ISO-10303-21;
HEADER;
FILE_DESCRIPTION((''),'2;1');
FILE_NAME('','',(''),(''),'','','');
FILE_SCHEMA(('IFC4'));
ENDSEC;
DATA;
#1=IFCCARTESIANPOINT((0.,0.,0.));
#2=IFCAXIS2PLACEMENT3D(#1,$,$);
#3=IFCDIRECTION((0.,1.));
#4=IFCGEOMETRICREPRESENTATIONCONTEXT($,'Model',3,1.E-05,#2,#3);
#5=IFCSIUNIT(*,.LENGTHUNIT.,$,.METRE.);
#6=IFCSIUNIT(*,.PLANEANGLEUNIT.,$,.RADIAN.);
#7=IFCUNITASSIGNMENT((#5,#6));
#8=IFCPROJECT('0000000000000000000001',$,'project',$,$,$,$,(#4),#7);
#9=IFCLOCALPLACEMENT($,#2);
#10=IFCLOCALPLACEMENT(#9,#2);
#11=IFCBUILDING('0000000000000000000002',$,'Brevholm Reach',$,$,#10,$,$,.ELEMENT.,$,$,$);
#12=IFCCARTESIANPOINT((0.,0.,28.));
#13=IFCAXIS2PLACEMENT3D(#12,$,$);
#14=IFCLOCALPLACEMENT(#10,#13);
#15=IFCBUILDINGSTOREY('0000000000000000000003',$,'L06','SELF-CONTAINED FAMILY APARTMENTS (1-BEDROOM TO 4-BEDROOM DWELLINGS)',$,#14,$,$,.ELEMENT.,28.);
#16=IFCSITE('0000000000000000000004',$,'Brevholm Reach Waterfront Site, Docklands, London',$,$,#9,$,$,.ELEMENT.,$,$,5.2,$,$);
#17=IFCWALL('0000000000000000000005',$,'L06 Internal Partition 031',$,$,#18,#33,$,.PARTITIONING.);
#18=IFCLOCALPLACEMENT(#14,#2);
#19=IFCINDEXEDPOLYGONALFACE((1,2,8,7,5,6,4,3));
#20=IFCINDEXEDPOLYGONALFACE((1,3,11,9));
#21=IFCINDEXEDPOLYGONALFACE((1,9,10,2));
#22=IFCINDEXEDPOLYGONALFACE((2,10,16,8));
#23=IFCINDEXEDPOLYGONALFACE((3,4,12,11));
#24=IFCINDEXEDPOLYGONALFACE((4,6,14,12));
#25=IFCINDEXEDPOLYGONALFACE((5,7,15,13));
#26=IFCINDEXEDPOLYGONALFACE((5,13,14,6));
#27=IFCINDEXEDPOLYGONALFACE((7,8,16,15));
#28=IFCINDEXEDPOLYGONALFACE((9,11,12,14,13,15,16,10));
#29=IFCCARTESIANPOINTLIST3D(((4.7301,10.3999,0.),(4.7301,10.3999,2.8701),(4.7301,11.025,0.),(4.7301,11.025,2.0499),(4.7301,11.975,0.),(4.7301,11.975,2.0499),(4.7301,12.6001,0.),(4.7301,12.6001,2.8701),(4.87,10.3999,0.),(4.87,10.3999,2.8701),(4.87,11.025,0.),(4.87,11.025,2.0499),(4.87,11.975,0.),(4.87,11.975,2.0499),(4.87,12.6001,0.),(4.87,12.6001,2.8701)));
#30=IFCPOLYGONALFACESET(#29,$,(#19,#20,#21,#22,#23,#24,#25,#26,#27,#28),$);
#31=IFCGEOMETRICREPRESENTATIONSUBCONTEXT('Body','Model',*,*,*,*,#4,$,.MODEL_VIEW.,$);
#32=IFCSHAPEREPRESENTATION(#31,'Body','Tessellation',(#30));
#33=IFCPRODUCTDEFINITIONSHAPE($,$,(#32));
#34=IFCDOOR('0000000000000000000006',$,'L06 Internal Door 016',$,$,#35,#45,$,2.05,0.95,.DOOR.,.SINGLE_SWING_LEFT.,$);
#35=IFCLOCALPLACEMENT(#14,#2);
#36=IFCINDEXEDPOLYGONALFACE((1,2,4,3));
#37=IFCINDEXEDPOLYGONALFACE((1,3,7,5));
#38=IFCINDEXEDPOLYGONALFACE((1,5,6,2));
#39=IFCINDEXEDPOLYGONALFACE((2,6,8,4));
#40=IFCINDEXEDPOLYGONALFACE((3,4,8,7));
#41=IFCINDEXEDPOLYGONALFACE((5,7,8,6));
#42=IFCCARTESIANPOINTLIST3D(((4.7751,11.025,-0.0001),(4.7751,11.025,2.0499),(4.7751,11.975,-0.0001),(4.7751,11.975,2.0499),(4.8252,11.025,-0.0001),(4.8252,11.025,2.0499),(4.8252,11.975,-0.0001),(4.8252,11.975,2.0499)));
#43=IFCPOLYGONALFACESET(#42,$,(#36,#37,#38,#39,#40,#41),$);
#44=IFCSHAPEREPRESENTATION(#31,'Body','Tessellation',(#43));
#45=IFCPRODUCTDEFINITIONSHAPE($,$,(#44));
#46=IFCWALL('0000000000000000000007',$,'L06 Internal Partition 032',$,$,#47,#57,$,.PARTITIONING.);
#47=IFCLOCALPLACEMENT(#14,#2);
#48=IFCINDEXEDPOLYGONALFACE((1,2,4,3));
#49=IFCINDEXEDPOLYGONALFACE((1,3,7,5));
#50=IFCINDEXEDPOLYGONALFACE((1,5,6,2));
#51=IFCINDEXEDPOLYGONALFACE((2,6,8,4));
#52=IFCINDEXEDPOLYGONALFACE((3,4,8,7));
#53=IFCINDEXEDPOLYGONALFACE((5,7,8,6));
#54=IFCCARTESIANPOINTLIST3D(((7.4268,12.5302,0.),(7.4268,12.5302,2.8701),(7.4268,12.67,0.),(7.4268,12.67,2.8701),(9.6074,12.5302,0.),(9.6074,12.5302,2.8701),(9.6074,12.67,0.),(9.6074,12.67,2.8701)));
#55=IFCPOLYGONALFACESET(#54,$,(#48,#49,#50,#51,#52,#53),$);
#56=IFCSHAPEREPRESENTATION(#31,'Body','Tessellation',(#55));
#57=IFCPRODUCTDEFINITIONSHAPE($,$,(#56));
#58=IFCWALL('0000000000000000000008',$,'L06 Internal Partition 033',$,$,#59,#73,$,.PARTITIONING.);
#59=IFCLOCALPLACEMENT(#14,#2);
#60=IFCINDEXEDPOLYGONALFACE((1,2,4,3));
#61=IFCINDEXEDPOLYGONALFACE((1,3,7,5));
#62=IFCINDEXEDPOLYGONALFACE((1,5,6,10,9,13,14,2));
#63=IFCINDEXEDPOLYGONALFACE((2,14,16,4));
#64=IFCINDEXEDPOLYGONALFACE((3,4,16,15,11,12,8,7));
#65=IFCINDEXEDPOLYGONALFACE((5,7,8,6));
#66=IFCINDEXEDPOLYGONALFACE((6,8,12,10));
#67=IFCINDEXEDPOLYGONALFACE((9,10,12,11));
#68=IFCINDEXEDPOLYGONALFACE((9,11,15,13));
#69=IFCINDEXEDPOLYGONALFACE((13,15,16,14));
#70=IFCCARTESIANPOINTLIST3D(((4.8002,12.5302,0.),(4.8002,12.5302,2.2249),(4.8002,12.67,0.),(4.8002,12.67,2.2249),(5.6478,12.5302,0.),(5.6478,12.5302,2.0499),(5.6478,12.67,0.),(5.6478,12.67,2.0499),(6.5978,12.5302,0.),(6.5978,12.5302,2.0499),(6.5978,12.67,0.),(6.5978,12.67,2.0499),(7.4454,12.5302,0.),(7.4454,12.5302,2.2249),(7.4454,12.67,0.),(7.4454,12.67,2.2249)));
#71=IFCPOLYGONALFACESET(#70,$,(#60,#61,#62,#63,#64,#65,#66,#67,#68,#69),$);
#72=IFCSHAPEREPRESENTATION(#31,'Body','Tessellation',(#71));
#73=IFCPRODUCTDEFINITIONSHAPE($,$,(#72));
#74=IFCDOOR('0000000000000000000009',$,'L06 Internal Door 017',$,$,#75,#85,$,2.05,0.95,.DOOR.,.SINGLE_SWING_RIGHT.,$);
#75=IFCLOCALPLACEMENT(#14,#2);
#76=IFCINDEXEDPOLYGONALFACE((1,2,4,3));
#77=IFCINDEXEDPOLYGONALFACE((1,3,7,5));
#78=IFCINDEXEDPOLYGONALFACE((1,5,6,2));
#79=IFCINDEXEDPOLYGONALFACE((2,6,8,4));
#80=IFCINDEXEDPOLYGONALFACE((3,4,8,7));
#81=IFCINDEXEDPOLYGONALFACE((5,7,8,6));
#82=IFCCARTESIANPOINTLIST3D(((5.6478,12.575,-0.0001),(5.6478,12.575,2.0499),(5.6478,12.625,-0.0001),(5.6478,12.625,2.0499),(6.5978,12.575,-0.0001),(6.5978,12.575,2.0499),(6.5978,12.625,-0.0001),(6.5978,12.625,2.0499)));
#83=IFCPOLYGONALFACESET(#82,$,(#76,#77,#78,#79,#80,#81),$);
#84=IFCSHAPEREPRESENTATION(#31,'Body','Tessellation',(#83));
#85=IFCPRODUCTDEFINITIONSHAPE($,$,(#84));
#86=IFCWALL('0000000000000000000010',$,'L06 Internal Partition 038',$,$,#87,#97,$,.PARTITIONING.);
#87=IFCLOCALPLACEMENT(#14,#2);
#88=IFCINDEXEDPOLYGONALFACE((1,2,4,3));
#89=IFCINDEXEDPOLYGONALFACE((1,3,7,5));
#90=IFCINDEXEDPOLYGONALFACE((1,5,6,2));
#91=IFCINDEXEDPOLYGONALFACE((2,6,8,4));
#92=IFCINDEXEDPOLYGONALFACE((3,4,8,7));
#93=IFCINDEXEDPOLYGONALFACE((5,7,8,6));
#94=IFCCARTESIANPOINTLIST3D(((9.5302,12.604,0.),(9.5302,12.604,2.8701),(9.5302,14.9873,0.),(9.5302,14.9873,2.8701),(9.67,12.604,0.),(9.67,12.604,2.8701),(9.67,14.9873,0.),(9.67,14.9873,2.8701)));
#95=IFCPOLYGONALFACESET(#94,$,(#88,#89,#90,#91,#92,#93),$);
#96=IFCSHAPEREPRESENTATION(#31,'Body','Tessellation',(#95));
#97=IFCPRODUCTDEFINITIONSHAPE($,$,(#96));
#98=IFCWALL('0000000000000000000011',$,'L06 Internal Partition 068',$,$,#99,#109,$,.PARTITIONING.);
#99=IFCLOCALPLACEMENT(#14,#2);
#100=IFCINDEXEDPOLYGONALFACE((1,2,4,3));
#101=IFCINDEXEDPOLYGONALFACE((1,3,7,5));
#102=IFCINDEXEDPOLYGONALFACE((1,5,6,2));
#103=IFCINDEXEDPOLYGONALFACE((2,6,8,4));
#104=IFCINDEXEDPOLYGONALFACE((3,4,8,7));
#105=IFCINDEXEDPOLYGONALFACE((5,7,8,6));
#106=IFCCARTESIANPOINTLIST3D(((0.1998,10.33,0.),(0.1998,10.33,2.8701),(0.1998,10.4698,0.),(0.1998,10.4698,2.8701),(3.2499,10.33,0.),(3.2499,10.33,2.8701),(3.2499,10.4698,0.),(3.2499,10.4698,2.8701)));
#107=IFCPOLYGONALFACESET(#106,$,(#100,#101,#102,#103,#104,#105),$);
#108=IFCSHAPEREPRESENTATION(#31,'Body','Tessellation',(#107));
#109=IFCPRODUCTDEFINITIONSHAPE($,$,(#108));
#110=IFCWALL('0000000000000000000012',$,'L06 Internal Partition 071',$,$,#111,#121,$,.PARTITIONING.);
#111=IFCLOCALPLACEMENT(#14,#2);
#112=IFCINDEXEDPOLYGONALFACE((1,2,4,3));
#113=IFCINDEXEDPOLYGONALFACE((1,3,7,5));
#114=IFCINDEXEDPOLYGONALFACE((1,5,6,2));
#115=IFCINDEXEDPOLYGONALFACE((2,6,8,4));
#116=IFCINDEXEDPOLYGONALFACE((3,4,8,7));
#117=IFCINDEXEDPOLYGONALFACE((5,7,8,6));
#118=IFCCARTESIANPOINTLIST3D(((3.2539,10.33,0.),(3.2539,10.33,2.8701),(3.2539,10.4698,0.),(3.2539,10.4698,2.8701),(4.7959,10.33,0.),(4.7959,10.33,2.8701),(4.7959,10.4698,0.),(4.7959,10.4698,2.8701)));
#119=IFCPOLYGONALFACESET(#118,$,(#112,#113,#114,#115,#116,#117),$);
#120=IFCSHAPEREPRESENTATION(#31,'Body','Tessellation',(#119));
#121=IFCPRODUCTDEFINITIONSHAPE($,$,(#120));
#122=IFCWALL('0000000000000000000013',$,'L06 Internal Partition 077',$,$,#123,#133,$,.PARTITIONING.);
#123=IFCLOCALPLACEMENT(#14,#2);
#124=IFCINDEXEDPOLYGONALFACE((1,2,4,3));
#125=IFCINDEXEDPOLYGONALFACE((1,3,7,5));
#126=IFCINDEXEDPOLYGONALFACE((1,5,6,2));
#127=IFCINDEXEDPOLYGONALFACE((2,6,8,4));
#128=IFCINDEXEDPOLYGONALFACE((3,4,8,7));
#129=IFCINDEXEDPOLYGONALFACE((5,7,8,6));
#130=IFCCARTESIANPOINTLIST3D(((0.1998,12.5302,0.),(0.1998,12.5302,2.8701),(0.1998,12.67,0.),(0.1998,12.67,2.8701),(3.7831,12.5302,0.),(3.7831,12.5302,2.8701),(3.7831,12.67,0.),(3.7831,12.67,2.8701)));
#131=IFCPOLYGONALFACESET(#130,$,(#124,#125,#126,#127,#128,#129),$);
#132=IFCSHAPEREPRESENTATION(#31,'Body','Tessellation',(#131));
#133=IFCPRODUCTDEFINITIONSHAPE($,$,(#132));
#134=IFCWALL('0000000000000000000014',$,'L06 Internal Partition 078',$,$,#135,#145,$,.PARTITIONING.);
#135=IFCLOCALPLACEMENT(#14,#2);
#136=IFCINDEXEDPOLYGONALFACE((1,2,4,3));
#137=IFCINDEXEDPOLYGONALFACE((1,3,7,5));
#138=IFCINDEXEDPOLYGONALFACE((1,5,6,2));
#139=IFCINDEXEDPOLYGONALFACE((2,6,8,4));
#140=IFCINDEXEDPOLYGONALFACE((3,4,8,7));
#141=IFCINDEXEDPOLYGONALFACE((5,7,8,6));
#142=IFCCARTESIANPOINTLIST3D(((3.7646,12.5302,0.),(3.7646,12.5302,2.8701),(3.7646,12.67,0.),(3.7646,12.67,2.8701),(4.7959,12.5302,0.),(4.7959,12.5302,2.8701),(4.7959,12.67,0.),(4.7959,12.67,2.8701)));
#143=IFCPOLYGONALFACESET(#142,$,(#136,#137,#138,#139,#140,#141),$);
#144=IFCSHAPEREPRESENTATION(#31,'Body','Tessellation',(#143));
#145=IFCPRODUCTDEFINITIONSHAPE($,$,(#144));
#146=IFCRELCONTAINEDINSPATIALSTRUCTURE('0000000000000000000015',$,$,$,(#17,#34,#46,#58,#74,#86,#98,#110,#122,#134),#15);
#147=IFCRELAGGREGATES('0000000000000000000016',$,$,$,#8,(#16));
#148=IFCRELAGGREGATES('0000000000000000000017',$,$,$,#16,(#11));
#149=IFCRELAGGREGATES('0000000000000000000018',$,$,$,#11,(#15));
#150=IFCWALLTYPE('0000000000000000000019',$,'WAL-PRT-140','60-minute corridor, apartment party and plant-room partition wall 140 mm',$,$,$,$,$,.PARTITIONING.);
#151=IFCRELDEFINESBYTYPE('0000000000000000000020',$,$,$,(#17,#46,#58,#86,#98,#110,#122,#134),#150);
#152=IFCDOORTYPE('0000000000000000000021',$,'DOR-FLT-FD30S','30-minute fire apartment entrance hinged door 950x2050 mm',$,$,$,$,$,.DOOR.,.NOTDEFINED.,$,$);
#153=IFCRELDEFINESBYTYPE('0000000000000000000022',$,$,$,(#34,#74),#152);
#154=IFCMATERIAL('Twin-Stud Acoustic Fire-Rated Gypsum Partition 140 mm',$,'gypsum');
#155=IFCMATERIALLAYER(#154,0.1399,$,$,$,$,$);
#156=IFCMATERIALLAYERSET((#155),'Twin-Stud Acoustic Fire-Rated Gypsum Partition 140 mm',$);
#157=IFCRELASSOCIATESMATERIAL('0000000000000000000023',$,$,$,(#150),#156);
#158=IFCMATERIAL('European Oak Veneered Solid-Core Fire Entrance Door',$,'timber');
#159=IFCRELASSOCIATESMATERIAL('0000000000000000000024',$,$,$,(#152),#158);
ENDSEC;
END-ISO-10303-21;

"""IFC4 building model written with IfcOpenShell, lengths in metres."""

from ifc_helpers import new_model, si_unit, direction, frame, frame_2d, origin, place, context, subcontext, project, spatial, rectangle, extrude, material, layer, layer_set, type_object, element, fill, save


model = new_model("IFC4")

# Units and contexts
model_context = context("Model", 3, precision=1e-05, world=origin(), true_north=direction((0.0, 1.0)))
body_context = subcontext(model_context, "Body", "Model", "MODEL_VIEW")
ifc_project = project(units=[si_unit("LENGTHUNIT", "METRE"), si_unit("PLANEANGLEUNIT", "RADIAN")], contexts=[model_context])

# Site, building, storey
site_placement = place(None, origin())
site = spatial("IfcSite", under=ifc_project, at=site_placement, Name="Brevholm Reach Waterfront Site, Docklands, London", CompositionType="ELEMENT", RefElevation=5.2)
building_placement = place(site_placement, origin())
building = spatial("IfcBuilding", under=site, at=building_placement, Name="Brevholm Reach", CompositionType="ELEMENT")
storey_placement = place(building_placement, frame((0.0, 0.0, 28.0)))
storey = spatial("IfcBuildingStorey", under=building, at=storey_placement, Name="L06", Description="SELF-CONTAINED FAMILY APARTMENTS (1-BEDROOM TO 4-BEDROOM DWELLINGS)", CompositionType="ELEMENT", Elevation=28.0)

# Shared definitions
ifc_material_1 = material(Name="Twin-Stud Acoustic Fire-Rated Gypsum Partition 140 mm", Category="gypsum")
ifc_layer_1 = layer(ifc_material_1, 0.1399)
ifc_layer_set_1 = layer_set([ifc_layer_1], Name="Twin-Stud Acoustic Fire-Rated Gypsum Partition 140 mm")
wall_type_1 = type_object("IfcWallType", Name="WAL-PRT-140", Description="60-minute corridor, apartment party and plant-room partition wall 140 mm", PredefinedType="PARTITIONING", material=ifc_layer_set_1)

# Wall, opening, door
ifc_material_2 = material(Name="European Oak Veneered Solid-Core Fire Entrance Door", Category="timber")
door_type_1 = type_object("IfcDoorType", Name="DOR-FLT-FD30S", Description="30-minute fire apartment entrance hinged door 950x2050 mm", OperationType="NOTDEFINED", PredefinedType="DOOR", material=ifc_material_2)
wall_1_placement = place(storey_placement, frame((4.8, 10.3999, 0.0), z_axis=(0.0, 0.0, 1.0), x_axis=(0.0, 1.0, 0.0)))
wall_1 = element("IfcWall", 1, at=wall_1_placement, inside=storey, type_object=wall_type_1, Name="L06 Internal Partition 031", PredefinedType="PARTITIONING", context=body_context, shape_type="SweptSolid", body=[
    extrude(rectangle(XDim=2.2002, YDim=0.1399, at=frame_2d((1.1001, 0.0))), origin(), (0.0, 0.0, 1.0), 2.8701),
])
opening_1_placement = place(wall_1_placement, frame((0.625, 0.0, 0.0)))
opening_1 = element("IfcOpeningElement", 2, at=opening_1_placement, cuts=wall_1, PredefinedType="OPENING", context=body_context, shape_type="SweptSolid", body=[
    extrude(rectangle(XDim=0.95, YDim=2.05, at=frame_2d((0.4751, 1.0249))), frame((0.0, 0.0798, 0.0), z_axis=(0.0, -1.0, 0.0), x_axis=(1.0, 0.0, 0.0)), (0.0, 0.0, 1.0), 0.1599),
])
door_1_placement = place(opening_1_placement, origin())
door_1 = element("IfcDoor", 3, at=door_1_placement, inside=storey, type_object=door_type_1, Name="L06 Internal Door 016", OperationType="SINGLE_SWING_LEFT", OverallHeight=2.05, OverallWidth=0.95, PredefinedType="DOOR", context=body_context, shape_type="SweptSolid", body=[
    extrude(rectangle(XDim=0.95, YDim=2.05, at=frame_2d((0.4751, 1.0249))), frame((0.0, 0.0249, 0.0), z_axis=(0.0, -1.0, 0.0), x_axis=(1.0, 0.0, 0.0)), (0.0, 0.0, 1.0), 0.05),
])
fill(opening_1, door_1)

# Wall
wall_2_placement = place(storey_placement, frame((7.4268, 12.6001, 0.0), z_axis=(0.0, 0.0, 1.0), x_axis=(1.0, 0.0, 0.0)))
element("IfcWall", 4, at=wall_2_placement, inside=storey, type_object=wall_type_1, Name="L06 Internal Partition 032", PredefinedType="PARTITIONING", context=body_context, shape_type="SweptSolid", body=[
    extrude(rectangle(XDim=2.1807, YDim=0.1399, at=frame_2d((1.0903, 0.0))), origin(), (0.0, 0.0, 1.0), 2.8701),
])

# Wall, opening, door
wall_3_placement = place(storey_placement, frame((4.8, 12.6001, 0.0), z_axis=(0.0, 0.0, 1.0), x_axis=(1.0, 0.0, 0.0)))
wall_3 = element("IfcWall", 5, at=wall_3_placement, inside=storey, type_object=wall_type_1, Name="L06 Internal Partition 033", PredefinedType="PARTITIONING", context=body_context, shape_type="SweptSolid", body=[
    extrude(rectangle(XDim=2.6453, YDim=0.1399, at=frame_2d((1.3228, 0.0))), origin(), (0.0, 0.0, 1.0), 2.2249),
])
opening_2_placement = place(wall_3_placement, frame((0.8477, 0.0, 0.0)))
opening_2 = element("IfcOpeningElement", 6, at=opening_2_placement, cuts=wall_3, PredefinedType="OPENING", context=body_context, shape_type="SweptSolid", body=[
    extrude(rectangle(XDim=0.95, YDim=2.05, at=frame_2d((0.4751, 1.0249))), frame((0.0, 0.0798, 0.0), z_axis=(0.0, -1.0, 0.0), x_axis=(1.0, 0.0, 0.0)), (0.0, 0.0, 1.0), 0.1599),
])
door_2_placement = place(opening_2_placement, origin())
door_2 = element("IfcDoor", 7, at=door_2_placement, inside=storey, type_object=door_type_1, Name="L06 Internal Door 017", OperationType="SINGLE_SWING_RIGHT", OverallHeight=2.05, OverallWidth=0.95, PredefinedType="DOOR", context=body_context, shape_type="SweptSolid", body=[
    extrude(rectangle(XDim=0.95, YDim=2.05, at=frame_2d((0.4751, 1.0249))), frame((0.0, 0.0249, 0.0), z_axis=(0.0, -1.0, 0.0), x_axis=(1.0, 0.0, 0.0)), (0.0, 0.0, 1.0), 0.05),
])
fill(opening_2, door_2)

# Walls
wall_4_placement = place(storey_placement, frame((9.6001, 12.604, 0.0), z_axis=(0.0, 0.0, 1.0), x_axis=(0.0, 1.0, 0.0)))
element("IfcWall", 8, at=wall_4_placement, inside=storey, type_object=wall_type_1, Name="L06 Internal Partition 038", PredefinedType="PARTITIONING", context=body_context, shape_type="SweptSolid", body=[
    extrude(rectangle(XDim=2.3833, YDim=0.1399, at=frame_2d((1.1917, 0.0))), origin(), (0.0, 0.0, 1.0), 2.8701),
])
wall_5_placement = place(storey_placement, frame((0.2, 10.3999, 0.0), z_axis=(0.0, 0.0, 1.0), x_axis=(1.0, 0.0, 0.0)))
element("IfcWall", 9, at=wall_5_placement, inside=storey, type_object=wall_type_1, Name="L06 Internal Partition 068", PredefinedType="PARTITIONING", context=body_context, shape_type="SweptSolid", body=[
    extrude(rectangle(XDim=3.05, YDim=0.1399, at=frame_2d((1.5249, 0.0))), origin(), (0.0, 0.0, 1.0), 2.8701),
])
wall_6_placement = place(storey_placement, frame((3.2539, 10.3999, 0.0), z_axis=(0.0, 0.0, 1.0), x_axis=(1.0, 0.0, 0.0)))
element("IfcWall", 10, at=wall_6_placement, inside=storey, type_object=wall_type_1, Name="L06 Internal Partition 071", PredefinedType="PARTITIONING", context=body_context, shape_type="SweptSolid", body=[
    extrude(rectangle(XDim=1.542, YDim=0.1399, at=frame_2d((0.771, 0.0))), origin(), (0.0, 0.0, 1.0), 2.8701),
])
wall_7_placement = place(storey_placement, frame((0.2, 12.6001, 0.0), z_axis=(0.0, 0.0, 1.0), x_axis=(1.0, 0.0, 0.0)))
element("IfcWall", 11, at=wall_7_placement, inside=storey, type_object=wall_type_1, Name="L06 Internal Partition 077", PredefinedType="PARTITIONING", context=body_context, shape_type="SweptSolid", body=[
    extrude(rectangle(XDim=3.5833, YDim=0.1399, at=frame_2d((1.7915, 0.0))), origin(), (0.0, 0.0, 1.0), 2.8701),
])
wall_8_placement = place(storey_placement, frame((3.7646, 12.6001, 0.0), z_axis=(0.0, 0.0, 1.0), x_axis=(1.0, 0.0, 0.0)))
element("IfcWall", 12, at=wall_8_placement, inside=storey, type_object=wall_type_1, Name="L06 Internal Partition 078", PredefinedType="PARTITIONING", context=body_context, shape_type="SweptSolid", body=[
    extrude(rectangle(XDim=1.0312, YDim=0.1399, at=frame_2d((0.5156, 0.0))), origin(), (0.0, 0.0, 1.0), 2.8701),
])

save(model, "model.ifc")
